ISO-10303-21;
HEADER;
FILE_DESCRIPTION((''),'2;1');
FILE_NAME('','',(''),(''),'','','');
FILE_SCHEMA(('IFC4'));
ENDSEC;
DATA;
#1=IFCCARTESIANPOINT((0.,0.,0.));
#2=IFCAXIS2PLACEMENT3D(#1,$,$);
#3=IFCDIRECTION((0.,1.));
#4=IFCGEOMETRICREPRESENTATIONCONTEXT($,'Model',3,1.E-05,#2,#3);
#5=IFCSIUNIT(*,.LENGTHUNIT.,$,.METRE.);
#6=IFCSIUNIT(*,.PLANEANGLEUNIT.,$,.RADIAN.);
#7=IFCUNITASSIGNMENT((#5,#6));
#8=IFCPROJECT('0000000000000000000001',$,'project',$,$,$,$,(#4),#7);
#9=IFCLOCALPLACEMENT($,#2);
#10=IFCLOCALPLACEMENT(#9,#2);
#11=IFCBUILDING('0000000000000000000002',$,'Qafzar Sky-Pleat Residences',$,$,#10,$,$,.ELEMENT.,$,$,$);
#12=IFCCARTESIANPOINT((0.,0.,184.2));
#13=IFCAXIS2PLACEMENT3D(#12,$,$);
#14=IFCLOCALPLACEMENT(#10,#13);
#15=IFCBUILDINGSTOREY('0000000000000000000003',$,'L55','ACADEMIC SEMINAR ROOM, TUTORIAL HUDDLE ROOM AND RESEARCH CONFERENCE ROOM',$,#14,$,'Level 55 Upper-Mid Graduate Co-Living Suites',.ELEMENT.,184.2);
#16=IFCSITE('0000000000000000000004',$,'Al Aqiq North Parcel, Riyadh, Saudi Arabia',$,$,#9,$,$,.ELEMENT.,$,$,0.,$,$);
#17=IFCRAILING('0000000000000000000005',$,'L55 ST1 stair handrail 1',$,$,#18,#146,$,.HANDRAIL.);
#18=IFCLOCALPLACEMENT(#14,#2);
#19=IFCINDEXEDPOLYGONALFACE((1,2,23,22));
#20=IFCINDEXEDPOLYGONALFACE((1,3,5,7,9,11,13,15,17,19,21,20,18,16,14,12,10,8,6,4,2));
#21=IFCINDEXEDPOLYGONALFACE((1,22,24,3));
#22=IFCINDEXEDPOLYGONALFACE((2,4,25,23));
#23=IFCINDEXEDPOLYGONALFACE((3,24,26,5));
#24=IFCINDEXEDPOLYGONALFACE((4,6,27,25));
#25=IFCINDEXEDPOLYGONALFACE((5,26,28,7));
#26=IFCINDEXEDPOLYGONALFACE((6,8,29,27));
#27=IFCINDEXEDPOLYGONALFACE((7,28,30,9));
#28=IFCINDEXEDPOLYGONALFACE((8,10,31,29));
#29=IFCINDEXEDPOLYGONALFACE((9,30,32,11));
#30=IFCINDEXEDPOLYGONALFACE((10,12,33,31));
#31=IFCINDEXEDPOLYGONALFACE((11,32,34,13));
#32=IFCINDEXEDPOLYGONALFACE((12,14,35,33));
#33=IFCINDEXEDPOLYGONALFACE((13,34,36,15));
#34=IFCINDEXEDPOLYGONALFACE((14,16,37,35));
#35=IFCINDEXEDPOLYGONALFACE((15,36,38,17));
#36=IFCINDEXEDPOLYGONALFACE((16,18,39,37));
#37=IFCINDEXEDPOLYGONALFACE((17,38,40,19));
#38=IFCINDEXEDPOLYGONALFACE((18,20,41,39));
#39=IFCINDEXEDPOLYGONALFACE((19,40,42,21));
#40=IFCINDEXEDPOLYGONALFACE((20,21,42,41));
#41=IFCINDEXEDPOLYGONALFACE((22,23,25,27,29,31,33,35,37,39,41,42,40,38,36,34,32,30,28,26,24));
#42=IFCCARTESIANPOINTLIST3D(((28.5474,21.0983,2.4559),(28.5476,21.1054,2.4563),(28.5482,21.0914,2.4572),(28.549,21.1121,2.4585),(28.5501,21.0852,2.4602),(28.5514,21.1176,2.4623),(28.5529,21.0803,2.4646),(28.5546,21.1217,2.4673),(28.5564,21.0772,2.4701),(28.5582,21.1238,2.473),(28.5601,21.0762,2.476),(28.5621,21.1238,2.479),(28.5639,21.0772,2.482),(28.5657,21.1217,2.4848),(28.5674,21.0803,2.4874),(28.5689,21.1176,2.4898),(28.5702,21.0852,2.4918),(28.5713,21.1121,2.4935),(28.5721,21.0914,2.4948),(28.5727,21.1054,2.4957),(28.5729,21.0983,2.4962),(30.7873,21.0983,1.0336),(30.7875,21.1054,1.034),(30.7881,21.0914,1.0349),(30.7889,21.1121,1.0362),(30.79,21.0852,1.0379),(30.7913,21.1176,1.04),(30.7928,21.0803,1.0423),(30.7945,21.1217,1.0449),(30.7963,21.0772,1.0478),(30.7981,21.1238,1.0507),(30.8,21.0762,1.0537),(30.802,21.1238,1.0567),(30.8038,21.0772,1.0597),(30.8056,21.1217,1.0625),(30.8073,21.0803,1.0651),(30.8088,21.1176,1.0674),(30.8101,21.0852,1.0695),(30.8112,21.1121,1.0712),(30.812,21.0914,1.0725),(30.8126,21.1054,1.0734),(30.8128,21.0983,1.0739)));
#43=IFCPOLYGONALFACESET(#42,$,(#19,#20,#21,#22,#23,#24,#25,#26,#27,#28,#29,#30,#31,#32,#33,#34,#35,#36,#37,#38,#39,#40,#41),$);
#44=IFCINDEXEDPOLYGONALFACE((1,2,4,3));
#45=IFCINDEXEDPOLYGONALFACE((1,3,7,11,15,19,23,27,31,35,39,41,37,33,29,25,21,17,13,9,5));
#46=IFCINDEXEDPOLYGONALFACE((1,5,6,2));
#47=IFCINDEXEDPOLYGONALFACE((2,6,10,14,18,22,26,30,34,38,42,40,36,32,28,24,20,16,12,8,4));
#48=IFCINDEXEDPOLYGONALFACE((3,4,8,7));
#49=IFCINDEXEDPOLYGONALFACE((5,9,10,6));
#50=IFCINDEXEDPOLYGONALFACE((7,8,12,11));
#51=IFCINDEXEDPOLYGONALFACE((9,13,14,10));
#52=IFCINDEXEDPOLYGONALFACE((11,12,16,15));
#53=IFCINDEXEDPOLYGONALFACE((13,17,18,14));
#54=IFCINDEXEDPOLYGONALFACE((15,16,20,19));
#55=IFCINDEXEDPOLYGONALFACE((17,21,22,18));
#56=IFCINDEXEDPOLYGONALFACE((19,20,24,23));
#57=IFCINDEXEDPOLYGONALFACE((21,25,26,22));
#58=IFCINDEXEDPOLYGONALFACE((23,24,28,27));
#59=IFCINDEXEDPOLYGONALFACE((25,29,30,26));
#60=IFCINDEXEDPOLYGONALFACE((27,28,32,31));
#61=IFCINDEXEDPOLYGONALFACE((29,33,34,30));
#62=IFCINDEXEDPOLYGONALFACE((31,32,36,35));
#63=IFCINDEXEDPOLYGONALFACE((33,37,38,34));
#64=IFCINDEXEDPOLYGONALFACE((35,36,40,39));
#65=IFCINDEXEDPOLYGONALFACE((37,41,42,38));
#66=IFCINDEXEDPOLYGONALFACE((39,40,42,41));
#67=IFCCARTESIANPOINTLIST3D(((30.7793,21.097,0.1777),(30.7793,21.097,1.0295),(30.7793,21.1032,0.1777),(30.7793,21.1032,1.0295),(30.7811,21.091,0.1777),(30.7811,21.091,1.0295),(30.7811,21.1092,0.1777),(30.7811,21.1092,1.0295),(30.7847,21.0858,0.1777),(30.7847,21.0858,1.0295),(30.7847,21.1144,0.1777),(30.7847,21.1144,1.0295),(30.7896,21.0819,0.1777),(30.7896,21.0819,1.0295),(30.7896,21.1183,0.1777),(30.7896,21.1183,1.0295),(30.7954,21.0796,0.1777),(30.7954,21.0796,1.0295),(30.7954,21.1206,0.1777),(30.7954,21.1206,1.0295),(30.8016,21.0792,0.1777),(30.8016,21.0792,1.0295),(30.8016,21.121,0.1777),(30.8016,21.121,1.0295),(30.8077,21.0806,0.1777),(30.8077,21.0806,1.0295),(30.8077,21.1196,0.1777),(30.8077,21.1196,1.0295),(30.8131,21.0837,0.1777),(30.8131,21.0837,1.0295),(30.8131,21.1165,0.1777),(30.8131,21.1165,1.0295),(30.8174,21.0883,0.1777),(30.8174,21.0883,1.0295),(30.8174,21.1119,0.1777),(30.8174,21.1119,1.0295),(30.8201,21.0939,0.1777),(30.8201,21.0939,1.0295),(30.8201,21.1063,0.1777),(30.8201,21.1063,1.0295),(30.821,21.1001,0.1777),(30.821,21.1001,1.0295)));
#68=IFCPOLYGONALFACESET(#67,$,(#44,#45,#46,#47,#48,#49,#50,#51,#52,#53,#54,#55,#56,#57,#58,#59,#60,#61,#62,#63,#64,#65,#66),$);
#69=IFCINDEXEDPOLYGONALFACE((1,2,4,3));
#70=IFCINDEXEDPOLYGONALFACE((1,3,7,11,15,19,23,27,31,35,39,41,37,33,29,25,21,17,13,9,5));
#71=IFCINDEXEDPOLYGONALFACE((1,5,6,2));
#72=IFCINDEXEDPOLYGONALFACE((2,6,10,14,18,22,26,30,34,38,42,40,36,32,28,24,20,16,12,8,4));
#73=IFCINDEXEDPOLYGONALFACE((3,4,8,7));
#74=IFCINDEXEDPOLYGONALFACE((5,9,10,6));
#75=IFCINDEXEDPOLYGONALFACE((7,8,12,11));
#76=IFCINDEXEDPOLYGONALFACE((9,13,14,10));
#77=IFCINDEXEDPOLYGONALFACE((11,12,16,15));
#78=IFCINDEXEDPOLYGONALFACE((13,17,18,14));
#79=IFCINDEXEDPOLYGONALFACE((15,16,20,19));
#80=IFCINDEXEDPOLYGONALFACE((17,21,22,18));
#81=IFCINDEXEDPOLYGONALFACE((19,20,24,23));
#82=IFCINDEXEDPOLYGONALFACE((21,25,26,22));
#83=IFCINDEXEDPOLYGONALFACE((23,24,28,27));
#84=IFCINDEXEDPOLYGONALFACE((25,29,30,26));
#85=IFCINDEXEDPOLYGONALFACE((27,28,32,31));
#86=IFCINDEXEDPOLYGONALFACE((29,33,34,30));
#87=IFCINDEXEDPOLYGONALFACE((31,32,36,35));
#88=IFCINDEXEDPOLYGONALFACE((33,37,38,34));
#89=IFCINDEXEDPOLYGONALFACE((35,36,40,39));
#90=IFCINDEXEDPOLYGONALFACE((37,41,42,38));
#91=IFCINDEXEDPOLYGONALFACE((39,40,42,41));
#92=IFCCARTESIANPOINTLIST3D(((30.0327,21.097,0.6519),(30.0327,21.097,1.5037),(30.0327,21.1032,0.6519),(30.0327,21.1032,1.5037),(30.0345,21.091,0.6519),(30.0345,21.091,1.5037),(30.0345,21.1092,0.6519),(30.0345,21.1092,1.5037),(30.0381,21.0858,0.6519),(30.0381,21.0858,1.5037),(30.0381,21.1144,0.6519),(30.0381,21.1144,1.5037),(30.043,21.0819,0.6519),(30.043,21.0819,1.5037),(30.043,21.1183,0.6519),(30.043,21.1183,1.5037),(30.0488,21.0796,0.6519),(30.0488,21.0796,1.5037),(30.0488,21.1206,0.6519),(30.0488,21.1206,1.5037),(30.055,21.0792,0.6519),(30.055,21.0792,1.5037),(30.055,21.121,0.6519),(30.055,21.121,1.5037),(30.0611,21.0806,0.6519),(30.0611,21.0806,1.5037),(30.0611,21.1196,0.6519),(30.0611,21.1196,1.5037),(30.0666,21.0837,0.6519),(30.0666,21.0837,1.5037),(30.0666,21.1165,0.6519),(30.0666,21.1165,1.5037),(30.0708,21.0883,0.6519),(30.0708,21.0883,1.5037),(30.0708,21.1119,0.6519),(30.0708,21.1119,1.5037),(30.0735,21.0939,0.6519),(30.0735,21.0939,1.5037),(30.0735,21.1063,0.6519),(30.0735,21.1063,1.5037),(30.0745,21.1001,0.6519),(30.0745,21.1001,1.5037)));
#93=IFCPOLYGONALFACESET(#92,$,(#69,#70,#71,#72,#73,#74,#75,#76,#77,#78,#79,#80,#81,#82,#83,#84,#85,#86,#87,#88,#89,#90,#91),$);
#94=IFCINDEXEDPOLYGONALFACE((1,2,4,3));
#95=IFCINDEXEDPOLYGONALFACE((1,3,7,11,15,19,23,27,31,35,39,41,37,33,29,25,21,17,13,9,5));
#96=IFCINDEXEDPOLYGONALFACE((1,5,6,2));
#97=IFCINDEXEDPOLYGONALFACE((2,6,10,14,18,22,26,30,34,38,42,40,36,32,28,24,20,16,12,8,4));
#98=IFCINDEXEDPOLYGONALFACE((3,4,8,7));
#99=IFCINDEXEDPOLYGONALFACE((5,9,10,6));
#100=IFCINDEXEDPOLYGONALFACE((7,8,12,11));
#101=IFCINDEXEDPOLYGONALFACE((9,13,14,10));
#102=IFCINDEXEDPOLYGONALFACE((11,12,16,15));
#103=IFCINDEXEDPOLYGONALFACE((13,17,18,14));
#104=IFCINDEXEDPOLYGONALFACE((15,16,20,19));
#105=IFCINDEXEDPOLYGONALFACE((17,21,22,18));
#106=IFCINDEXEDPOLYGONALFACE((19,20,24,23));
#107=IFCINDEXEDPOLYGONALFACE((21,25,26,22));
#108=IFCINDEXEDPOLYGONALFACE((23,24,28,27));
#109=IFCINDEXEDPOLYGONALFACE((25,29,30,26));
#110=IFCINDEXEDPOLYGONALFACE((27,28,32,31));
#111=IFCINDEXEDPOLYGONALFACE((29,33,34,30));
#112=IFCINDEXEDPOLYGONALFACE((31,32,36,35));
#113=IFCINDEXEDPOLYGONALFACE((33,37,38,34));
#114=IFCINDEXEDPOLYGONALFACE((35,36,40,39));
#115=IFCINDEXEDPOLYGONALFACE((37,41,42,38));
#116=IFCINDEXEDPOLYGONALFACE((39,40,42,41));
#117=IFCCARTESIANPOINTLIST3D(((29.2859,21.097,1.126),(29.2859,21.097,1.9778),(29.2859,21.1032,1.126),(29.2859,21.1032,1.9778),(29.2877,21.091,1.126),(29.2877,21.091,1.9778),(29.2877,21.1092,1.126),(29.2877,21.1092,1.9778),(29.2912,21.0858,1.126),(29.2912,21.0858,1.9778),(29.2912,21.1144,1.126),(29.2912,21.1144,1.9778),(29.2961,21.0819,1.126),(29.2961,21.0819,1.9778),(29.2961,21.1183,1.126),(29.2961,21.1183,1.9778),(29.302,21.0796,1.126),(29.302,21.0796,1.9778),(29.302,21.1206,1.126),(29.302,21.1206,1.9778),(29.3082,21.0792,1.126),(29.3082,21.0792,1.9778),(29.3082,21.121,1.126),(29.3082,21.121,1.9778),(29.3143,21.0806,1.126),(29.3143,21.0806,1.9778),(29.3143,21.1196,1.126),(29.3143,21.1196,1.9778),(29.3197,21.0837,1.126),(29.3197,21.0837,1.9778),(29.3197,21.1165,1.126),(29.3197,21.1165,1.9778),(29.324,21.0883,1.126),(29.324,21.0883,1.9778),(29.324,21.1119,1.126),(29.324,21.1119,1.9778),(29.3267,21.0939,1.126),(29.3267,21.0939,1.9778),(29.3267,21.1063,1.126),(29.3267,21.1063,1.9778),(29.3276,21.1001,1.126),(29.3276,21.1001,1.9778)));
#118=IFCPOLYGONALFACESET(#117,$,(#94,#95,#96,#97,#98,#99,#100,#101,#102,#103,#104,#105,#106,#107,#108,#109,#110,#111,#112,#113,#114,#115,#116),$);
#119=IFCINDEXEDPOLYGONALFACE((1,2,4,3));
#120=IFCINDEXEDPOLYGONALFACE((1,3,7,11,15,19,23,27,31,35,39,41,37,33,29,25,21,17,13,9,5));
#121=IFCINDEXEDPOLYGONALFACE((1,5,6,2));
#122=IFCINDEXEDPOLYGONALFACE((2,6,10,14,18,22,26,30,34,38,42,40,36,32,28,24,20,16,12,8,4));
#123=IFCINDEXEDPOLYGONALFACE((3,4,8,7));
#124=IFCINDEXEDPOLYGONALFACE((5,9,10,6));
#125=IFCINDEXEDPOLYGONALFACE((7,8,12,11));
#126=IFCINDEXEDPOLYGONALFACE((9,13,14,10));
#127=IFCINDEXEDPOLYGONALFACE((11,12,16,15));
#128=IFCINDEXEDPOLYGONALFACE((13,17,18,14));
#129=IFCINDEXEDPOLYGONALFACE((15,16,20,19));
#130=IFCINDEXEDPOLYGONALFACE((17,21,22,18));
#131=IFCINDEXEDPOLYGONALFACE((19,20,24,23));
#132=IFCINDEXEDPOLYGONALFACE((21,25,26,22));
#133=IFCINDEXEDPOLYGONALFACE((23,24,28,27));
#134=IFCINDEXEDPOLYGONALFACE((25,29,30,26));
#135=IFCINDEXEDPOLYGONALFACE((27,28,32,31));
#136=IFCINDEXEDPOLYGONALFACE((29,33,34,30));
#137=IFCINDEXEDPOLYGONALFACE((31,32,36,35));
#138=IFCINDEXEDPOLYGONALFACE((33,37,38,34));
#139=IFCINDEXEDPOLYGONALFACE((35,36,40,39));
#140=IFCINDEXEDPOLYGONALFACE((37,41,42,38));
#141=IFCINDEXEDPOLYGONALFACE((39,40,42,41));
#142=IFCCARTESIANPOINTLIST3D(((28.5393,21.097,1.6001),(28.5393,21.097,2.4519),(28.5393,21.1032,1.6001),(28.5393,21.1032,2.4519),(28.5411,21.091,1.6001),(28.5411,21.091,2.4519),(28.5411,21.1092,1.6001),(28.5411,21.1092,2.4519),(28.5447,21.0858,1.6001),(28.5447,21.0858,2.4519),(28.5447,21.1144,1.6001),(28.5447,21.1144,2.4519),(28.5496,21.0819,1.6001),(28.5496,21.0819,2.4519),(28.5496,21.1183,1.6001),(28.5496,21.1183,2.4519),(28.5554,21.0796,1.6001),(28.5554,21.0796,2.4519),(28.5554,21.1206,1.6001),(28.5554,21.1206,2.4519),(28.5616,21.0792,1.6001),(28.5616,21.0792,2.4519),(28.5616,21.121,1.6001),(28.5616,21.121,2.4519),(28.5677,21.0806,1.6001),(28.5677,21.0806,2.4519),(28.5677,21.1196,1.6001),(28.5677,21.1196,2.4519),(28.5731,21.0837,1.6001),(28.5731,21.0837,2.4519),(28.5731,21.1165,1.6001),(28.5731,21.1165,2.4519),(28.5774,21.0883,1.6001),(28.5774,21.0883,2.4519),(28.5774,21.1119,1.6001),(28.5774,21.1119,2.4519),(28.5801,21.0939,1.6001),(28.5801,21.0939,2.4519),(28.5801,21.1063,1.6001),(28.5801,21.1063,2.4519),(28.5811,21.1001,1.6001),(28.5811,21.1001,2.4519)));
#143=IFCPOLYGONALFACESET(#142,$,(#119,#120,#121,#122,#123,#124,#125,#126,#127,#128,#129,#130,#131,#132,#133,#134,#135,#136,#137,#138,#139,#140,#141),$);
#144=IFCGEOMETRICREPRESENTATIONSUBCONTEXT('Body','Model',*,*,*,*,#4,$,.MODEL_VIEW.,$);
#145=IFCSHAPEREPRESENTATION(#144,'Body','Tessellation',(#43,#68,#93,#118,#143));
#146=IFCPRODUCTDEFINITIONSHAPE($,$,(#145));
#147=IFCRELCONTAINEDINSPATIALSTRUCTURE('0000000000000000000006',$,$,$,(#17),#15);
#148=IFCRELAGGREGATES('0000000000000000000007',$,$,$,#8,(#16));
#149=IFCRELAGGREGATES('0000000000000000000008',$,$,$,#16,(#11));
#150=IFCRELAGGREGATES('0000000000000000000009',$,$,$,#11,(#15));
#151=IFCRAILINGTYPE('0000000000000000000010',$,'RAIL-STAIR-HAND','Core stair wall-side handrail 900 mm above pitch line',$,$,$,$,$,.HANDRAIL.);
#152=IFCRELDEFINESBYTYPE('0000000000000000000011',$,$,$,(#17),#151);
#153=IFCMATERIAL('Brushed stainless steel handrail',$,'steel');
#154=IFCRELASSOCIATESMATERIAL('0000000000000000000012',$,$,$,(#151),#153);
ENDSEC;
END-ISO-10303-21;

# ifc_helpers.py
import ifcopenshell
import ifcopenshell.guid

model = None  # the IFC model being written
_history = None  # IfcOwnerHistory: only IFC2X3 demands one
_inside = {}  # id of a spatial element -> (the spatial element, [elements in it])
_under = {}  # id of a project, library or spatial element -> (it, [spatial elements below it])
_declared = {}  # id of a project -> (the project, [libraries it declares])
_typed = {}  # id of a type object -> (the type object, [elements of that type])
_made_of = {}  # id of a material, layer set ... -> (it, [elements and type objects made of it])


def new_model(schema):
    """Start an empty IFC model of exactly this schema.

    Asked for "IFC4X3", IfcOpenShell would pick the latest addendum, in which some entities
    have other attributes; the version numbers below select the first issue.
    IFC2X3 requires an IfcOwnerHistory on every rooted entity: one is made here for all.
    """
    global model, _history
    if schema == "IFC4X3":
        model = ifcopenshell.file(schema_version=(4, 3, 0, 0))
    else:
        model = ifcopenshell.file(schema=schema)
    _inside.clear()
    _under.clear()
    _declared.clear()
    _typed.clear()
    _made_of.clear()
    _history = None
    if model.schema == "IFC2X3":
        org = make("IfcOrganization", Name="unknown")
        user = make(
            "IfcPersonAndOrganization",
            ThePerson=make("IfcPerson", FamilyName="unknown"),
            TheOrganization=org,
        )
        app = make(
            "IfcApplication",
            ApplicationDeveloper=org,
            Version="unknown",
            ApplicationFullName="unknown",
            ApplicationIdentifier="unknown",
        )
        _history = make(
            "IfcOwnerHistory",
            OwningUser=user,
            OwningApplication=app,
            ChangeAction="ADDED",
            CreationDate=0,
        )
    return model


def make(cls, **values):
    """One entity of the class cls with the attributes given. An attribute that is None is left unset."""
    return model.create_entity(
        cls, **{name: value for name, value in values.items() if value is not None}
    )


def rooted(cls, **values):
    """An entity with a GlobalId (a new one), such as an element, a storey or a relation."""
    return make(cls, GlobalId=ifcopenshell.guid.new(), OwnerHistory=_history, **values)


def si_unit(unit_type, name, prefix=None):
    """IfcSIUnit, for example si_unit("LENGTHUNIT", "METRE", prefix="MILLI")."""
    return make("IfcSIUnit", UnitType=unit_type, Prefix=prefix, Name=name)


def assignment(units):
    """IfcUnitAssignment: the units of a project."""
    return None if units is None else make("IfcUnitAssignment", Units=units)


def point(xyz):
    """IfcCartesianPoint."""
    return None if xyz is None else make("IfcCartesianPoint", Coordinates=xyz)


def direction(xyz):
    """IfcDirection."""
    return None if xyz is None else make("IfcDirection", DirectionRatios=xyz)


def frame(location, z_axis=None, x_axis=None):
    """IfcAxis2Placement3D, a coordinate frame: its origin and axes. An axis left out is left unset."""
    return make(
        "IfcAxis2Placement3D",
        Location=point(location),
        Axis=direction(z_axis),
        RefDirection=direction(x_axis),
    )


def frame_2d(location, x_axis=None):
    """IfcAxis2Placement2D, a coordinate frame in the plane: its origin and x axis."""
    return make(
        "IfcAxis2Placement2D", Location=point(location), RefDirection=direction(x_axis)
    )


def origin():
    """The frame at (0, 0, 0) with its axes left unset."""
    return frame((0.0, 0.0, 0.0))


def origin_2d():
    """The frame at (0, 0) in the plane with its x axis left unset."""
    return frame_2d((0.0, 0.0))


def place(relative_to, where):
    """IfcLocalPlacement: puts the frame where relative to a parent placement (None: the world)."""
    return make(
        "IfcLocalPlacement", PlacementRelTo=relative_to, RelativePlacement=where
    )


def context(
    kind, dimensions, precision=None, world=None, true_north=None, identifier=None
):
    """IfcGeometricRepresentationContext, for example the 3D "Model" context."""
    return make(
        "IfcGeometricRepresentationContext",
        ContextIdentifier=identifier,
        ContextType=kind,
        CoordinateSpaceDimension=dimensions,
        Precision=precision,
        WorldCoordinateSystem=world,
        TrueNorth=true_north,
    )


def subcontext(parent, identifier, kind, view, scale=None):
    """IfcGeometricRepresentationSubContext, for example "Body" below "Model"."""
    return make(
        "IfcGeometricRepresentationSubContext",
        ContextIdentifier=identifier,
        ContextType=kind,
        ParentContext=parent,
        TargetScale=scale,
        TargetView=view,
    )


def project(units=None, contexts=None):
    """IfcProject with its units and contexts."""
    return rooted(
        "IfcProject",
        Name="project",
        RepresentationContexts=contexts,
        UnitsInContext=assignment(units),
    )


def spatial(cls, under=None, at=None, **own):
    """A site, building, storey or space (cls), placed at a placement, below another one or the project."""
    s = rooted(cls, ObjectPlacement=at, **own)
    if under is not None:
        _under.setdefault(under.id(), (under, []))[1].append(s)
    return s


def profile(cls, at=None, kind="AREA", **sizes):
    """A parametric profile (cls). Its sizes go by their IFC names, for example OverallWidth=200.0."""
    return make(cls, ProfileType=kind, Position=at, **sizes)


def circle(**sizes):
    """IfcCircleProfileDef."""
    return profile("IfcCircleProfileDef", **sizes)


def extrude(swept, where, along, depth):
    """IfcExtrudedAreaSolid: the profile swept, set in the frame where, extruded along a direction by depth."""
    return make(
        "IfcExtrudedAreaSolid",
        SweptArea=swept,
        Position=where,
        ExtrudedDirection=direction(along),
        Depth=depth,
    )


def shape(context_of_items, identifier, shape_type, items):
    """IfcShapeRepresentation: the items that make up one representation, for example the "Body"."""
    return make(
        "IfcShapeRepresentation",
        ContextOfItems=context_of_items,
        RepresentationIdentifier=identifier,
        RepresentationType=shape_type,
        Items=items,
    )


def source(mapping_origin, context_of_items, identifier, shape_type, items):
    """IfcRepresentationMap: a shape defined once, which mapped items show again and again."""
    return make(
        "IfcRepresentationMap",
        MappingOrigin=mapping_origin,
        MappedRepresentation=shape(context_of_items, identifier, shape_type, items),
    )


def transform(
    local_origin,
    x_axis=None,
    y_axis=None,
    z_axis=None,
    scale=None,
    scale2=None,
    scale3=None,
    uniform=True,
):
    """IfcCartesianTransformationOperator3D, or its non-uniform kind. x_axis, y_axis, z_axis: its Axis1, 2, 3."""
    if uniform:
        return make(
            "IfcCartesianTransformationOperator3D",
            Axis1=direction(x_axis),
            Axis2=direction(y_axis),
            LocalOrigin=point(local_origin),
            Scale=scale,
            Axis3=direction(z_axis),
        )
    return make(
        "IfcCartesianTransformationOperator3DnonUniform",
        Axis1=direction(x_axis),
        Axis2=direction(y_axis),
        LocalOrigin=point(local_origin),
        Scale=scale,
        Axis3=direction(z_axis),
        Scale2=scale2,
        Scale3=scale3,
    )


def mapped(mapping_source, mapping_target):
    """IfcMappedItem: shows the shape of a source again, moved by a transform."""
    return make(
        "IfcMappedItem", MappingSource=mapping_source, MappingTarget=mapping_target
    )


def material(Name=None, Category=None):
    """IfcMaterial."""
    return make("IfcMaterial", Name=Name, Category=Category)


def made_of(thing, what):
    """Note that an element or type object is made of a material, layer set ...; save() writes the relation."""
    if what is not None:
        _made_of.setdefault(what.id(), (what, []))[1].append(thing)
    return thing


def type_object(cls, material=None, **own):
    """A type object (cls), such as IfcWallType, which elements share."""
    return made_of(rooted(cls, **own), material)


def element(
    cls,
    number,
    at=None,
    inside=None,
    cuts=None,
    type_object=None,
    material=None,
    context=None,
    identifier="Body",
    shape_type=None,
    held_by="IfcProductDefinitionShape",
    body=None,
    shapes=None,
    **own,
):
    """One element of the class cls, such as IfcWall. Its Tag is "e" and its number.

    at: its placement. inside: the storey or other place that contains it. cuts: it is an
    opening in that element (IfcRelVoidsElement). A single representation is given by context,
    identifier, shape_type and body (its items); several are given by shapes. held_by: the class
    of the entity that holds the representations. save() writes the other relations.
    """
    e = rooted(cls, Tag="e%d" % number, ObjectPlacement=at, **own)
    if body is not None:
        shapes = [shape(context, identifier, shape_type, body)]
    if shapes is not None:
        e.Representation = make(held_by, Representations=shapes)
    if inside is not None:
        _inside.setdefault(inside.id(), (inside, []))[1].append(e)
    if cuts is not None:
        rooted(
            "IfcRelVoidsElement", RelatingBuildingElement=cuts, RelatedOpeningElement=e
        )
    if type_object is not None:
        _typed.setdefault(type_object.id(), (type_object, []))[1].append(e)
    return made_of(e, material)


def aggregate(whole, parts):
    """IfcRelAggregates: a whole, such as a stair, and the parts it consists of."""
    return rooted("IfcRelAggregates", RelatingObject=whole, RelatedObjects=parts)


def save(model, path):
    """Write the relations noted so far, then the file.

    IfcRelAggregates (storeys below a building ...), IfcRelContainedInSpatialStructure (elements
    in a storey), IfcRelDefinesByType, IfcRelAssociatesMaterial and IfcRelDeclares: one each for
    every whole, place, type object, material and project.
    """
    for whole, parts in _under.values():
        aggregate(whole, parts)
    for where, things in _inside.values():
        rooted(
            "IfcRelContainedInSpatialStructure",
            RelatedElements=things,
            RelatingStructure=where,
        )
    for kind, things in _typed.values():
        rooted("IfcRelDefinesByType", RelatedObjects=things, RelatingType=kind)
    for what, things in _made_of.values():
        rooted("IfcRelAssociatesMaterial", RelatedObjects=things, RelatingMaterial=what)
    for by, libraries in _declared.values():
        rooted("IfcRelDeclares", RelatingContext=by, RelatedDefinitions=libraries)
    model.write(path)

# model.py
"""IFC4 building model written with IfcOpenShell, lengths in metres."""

from ifc_helpers import new_model, si_unit, direction, frame, origin, origin_2d, place, context, subcontext, project, spatial, circle, extrude, source, transform, mapped, material, type_object, element, save


model = new_model("IFC4")

# Units and contexts
model_context = context("Model", 3, precision=1e-05, world=origin(), true_north=direction((0.0, 1.0)))
body_context = subcontext(model_context, "Body", "Model", "MODEL_VIEW")
ifc_project = project(units=[si_unit("LENGTHUNIT", "METRE"), si_unit("PLANEANGLEUNIT", "RADIAN")], contexts=[model_context])

# Site, building, storey
site_placement = place(None, origin())
site = spatial("IfcSite", under=ifc_project, at=site_placement, Name="Al Aqiq North Parcel, Riyadh, Saudi Arabia", CompositionType="ELEMENT", RefElevation=0.0)
building_placement = place(site_placement, origin())
building = spatial("IfcBuilding", under=site, at=building_placement, Name="Qafzar Sky-Pleat Residences", CompositionType="ELEMENT")
storey_placement = place(building_placement, frame((0.0, 0.0, 184.2)))
storey = spatial("IfcBuildingStorey", under=building, at=storey_placement, Name="L55", Description="ACADEMIC SEMINAR ROOM, TUTORIAL HUDDLE ROOM AND RESEARCH CONFERENCE ROOM", LongName="Level 55 Upper-Mid Graduate Co-Living Suites", CompositionType="ELEMENT", Elevation=184.2)

# Railing
ifc_material_1 = material(Name="Brushed stainless steel handrail", Category="steel")
railing_type_1 = type_object("IfcRailingType", Name="RAIL-STAIR-HAND", Description="Core stair wall-side handrail 900 mm above pitch line", PredefinedType="HANDRAIL", material=ifc_material_1)
shared_shape_1 = source(origin(), body_context, "Body", "SweptSolid", [
    extrude(circle(Radius=0.0239, at=origin_2d()), frame((0.0, 0.0, 0.876), z_axis=(-0.844188, 0.0, 0.536048), x_axis=(0.0, -1.0, 0.0)), (0.0, 0.0, 1.0), 2.6533),
    extrude(circle(Radius=0.021, at=origin_2d()), origin(), (0.0, 0.0, 1.0), 0.8518),
    extrude(circle(Radius=0.021, at=origin_2d()), frame((-0.7466, 0.0, 0.4741)), (0.0, 0.0, 1.0), 0.8518),
    extrude(circle(Radius=0.021, at=origin_2d()), frame((-1.4934, 0.0, 0.9482)), (0.0, 0.0, 1.0), 0.8518),
    extrude(circle(Radius=0.021, at=origin_2d()), frame((-2.24, 0.0, 1.4224)), (0.0, 0.0, 1.0), 0.8518),
])
railing_1_placement = place(storey_placement, frame((30.8, 21.1001, 0.1777)))
element("IfcRailing", 1, at=railing_1_placement, inside=storey, type_object=railing_type_1, Name="L55 ST1 stair handrail 1", PredefinedType="HANDRAIL", context=body_context, shape_type="MappedRepresentation", body=[
    mapped(shared_shape_1, transform((0.0, 0.0, 0.0), x_axis=(1.0, 0.0, 0.0), y_axis=(0.0, 1.0, 0.0), z_axis=(0.0, 0.0, 1.0), scale=1.0)),
])

save(model, "model.ifc")
